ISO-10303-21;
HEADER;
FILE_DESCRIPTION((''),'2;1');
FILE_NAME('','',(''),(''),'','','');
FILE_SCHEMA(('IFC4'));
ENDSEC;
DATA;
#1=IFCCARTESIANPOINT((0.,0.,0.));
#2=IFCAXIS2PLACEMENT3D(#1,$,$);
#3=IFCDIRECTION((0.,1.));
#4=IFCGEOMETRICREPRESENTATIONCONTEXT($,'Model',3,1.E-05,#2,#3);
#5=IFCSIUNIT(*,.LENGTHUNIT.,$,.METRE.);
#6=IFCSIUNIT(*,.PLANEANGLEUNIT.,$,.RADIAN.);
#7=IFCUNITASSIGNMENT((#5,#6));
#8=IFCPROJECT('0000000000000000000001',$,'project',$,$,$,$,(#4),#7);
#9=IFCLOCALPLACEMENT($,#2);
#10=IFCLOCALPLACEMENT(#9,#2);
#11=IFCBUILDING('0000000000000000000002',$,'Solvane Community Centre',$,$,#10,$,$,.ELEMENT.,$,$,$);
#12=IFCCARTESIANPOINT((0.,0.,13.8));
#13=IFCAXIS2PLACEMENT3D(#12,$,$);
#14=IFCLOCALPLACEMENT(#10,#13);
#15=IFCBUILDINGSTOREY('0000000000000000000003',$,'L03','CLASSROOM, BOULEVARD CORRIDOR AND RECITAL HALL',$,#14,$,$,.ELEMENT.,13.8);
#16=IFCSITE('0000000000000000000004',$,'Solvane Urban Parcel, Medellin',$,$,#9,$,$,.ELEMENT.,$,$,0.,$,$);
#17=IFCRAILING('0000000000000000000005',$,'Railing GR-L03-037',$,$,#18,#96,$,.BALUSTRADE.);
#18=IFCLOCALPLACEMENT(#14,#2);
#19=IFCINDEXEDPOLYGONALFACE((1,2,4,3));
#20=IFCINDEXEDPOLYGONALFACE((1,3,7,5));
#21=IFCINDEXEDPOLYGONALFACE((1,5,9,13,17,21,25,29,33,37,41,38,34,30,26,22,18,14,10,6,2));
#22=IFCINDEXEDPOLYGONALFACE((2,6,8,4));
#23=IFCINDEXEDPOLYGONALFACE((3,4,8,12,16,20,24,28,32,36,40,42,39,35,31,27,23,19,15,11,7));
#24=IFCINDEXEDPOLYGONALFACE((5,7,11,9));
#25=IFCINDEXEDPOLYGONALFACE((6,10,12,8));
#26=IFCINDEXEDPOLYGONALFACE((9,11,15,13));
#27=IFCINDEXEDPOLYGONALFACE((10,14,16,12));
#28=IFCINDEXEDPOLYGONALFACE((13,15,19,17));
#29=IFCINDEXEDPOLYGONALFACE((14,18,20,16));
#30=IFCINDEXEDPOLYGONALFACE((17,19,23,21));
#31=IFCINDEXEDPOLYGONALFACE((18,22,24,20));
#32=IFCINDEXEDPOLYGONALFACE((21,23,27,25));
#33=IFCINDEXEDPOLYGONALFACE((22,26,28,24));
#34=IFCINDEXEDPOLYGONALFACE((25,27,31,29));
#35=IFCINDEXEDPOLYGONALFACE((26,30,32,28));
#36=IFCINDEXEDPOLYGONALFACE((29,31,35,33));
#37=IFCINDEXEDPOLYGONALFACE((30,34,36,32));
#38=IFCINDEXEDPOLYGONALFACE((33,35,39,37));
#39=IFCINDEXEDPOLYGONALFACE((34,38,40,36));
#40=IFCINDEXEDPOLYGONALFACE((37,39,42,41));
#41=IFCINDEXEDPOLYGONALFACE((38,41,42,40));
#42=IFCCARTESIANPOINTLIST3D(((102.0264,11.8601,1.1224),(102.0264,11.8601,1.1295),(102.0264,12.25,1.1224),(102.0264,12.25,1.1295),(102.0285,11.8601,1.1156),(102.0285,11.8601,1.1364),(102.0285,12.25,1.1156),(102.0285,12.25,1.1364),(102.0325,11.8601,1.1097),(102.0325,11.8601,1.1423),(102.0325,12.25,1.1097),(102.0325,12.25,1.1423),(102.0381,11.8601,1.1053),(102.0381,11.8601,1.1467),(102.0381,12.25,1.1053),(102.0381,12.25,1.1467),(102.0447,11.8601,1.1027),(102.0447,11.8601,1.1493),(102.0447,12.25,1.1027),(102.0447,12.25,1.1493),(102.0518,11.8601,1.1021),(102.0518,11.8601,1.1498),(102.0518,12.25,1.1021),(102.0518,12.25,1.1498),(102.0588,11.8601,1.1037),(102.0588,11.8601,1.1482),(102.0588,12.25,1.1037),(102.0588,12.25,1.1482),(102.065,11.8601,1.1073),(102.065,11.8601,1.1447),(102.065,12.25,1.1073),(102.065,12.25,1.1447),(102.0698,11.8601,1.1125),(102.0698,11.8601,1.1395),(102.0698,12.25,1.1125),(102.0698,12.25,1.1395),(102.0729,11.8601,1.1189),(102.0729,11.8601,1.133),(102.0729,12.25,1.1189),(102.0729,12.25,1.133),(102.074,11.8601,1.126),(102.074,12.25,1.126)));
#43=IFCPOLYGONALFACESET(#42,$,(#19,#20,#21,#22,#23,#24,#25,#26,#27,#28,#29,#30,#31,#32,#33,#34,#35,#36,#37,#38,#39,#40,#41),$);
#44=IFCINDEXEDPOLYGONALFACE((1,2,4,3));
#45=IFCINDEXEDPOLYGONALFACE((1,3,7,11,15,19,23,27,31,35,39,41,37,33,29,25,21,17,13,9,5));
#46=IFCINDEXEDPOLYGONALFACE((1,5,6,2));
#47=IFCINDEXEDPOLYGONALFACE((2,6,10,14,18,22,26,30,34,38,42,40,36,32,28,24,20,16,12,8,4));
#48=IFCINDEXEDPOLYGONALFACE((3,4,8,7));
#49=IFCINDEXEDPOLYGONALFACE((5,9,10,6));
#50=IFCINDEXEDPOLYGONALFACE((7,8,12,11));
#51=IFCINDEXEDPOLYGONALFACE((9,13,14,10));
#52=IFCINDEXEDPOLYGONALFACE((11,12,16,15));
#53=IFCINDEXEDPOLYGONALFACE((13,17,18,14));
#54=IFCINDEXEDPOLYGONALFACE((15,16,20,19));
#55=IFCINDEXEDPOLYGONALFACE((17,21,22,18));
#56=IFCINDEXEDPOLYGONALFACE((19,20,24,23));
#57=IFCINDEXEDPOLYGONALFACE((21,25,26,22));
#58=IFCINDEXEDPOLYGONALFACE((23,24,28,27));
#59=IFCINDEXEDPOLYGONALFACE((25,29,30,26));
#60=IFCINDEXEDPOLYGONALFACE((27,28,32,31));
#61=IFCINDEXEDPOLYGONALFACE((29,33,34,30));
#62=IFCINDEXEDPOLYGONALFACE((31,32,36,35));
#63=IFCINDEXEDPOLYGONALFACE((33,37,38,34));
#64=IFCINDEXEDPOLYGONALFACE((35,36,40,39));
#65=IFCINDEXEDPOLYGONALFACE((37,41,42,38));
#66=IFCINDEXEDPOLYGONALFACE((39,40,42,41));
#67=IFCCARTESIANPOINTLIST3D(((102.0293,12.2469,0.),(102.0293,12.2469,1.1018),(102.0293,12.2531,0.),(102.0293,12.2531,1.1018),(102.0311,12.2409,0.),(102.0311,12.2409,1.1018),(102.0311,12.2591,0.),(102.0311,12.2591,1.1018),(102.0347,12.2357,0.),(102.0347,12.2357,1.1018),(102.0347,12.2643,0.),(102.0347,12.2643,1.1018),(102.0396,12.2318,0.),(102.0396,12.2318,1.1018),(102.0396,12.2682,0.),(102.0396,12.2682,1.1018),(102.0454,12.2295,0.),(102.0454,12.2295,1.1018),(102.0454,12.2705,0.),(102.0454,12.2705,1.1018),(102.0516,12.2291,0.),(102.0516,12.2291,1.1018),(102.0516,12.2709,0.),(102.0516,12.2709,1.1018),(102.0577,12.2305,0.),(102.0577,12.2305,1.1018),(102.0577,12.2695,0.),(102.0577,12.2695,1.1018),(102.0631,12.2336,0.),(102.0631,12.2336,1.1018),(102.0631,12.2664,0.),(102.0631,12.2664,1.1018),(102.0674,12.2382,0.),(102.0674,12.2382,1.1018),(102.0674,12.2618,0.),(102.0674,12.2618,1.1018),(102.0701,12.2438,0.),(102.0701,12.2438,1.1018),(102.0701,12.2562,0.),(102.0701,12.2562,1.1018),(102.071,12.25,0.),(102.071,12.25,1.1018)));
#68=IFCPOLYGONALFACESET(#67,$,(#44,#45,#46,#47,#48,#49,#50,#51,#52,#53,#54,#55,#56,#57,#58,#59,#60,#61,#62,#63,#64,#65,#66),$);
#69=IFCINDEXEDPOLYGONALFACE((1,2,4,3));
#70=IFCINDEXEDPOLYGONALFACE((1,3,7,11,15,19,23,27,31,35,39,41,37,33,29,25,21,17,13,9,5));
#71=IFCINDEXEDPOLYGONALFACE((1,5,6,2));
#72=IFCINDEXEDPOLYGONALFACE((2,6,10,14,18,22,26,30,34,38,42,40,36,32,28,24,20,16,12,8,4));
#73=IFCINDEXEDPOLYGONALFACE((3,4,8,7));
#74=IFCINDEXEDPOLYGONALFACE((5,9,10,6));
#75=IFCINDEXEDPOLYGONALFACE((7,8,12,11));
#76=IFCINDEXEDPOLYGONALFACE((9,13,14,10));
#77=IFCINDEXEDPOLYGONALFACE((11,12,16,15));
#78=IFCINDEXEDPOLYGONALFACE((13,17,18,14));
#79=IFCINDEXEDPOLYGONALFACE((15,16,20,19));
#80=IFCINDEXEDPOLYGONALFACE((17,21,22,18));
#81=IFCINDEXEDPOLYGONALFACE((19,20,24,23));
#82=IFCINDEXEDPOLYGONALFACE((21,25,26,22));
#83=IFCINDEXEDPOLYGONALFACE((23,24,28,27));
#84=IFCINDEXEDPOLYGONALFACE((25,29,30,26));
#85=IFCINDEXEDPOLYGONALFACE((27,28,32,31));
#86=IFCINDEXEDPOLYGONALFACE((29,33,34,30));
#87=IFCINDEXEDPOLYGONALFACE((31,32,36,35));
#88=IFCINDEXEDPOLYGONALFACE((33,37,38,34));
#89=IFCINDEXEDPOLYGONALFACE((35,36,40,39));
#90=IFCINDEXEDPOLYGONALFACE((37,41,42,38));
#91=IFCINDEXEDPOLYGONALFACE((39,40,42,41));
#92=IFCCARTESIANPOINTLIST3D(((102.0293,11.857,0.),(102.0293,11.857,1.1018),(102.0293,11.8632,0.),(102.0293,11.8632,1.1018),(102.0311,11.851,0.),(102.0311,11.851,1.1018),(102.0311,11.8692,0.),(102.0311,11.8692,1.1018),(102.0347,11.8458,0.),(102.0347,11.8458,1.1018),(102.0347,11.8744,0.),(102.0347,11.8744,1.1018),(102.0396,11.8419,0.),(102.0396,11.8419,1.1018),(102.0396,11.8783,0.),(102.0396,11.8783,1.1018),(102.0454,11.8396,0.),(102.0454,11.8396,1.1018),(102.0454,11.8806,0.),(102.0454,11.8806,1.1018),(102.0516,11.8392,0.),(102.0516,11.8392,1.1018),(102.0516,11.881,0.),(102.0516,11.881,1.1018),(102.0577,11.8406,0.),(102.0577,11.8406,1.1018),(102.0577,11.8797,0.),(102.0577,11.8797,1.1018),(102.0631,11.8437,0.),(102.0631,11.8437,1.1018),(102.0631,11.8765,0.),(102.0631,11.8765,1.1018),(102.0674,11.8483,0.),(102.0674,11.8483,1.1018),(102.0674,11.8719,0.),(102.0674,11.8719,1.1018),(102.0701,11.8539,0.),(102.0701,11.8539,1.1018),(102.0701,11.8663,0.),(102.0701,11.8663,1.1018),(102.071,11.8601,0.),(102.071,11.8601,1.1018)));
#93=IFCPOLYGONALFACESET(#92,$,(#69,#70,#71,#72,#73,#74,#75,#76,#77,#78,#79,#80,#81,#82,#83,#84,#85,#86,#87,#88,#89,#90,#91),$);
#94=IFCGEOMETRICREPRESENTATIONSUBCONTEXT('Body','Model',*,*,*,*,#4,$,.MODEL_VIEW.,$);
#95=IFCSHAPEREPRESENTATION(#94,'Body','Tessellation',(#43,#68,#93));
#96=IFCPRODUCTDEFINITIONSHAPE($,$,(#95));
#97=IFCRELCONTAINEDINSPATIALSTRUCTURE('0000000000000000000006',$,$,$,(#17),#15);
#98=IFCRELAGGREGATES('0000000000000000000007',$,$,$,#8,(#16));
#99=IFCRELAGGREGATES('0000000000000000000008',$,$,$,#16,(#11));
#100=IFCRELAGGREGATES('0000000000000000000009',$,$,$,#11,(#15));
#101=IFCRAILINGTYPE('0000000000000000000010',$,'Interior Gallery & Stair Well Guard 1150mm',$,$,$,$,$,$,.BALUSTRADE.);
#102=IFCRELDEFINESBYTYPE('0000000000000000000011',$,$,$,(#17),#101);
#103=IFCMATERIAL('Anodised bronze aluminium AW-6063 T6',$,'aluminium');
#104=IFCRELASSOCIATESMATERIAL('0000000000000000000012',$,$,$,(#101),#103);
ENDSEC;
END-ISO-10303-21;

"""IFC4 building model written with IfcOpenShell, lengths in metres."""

from ifc_helpers import new_model, si_unit, direction, frame, origin, origin_2d, place, context, subcontext, project, spatial, circle, extrude, material, type_object, element, save


model = new_model("IFC4")

# Units and contexts
model_context = context("Model", 3, precision=1e-05, world=origin(), true_north=direction((0.0, 1.0)))
body_context = subcontext(model_context, "Body", "Model", "MODEL_VIEW")
ifc_project = project(units=[si_unit("LENGTHUNIT", "METRE"), si_unit("PLANEANGLEUNIT", "RADIAN")], contexts=[model_context])

# Site, building, storey
site_placement = place(None, origin())
site = spatial("IfcSite", under=ifc_project, at=site_placement, Name="Solvane Urban Parcel, Medellin", CompositionType="ELEMENT", RefElevation=0.0)
building_placement = place(site_placement, origin())
building = spatial("IfcBuilding", under=site, at=building_placement, Name="Solvane Community Centre", CompositionType="ELEMENT")
storey_placement = place(building_placement, frame((0.0, 0.0, 13.8)))
storey = spatial("IfcBuildingStorey", under=building, at=storey_placement, Name="L03", Description="CLASSROOM, BOULEVARD CORRIDOR AND RECITAL HALL", CompositionType="ELEMENT", Elevation=13.8)

# Shared definitions
ifc_material_1 = material(Name="Anodised bronze aluminium AW-6063 T6", Category="aluminium")

# Railing
railing_type_1 = type_object("IfcRailingType", Name="Interior Gallery & Stair Well Guard 1150mm", PredefinedType="BALUSTRADE", material=ifc_material_1)
railing_1_placement = place(storey_placement, frame((102.05, 12.25, 0.0)))
element("IfcRailing", 1, at=railing_1_placement, inside=storey, type_object=railing_type_1, Name="Railing GR-L03-037", PredefinedType="BALUSTRADE", context=body_context, shape_type="SweptSolid", body=[
    extrude(circle(Radius=0.0239, at=origin_2d()), frame((0.0, 0.0, 1.126), z_axis=(0.0, -1.0, 0.0), x_axis=(1.0, 0.0, 0.0)), (0.0, 0.0, 1.0), 0.3899),
    extrude(circle(Radius=0.021, at=origin_2d()), origin(), (0.0, 0.0, 1.0), 1.1018),
    extrude(circle(Radius=0.021, at=origin_2d()), frame((0.0, -0.3899, 0.0)), (0.0, 0.0, 1.0), 1.1018),
])

save(model, "model.ifc")
